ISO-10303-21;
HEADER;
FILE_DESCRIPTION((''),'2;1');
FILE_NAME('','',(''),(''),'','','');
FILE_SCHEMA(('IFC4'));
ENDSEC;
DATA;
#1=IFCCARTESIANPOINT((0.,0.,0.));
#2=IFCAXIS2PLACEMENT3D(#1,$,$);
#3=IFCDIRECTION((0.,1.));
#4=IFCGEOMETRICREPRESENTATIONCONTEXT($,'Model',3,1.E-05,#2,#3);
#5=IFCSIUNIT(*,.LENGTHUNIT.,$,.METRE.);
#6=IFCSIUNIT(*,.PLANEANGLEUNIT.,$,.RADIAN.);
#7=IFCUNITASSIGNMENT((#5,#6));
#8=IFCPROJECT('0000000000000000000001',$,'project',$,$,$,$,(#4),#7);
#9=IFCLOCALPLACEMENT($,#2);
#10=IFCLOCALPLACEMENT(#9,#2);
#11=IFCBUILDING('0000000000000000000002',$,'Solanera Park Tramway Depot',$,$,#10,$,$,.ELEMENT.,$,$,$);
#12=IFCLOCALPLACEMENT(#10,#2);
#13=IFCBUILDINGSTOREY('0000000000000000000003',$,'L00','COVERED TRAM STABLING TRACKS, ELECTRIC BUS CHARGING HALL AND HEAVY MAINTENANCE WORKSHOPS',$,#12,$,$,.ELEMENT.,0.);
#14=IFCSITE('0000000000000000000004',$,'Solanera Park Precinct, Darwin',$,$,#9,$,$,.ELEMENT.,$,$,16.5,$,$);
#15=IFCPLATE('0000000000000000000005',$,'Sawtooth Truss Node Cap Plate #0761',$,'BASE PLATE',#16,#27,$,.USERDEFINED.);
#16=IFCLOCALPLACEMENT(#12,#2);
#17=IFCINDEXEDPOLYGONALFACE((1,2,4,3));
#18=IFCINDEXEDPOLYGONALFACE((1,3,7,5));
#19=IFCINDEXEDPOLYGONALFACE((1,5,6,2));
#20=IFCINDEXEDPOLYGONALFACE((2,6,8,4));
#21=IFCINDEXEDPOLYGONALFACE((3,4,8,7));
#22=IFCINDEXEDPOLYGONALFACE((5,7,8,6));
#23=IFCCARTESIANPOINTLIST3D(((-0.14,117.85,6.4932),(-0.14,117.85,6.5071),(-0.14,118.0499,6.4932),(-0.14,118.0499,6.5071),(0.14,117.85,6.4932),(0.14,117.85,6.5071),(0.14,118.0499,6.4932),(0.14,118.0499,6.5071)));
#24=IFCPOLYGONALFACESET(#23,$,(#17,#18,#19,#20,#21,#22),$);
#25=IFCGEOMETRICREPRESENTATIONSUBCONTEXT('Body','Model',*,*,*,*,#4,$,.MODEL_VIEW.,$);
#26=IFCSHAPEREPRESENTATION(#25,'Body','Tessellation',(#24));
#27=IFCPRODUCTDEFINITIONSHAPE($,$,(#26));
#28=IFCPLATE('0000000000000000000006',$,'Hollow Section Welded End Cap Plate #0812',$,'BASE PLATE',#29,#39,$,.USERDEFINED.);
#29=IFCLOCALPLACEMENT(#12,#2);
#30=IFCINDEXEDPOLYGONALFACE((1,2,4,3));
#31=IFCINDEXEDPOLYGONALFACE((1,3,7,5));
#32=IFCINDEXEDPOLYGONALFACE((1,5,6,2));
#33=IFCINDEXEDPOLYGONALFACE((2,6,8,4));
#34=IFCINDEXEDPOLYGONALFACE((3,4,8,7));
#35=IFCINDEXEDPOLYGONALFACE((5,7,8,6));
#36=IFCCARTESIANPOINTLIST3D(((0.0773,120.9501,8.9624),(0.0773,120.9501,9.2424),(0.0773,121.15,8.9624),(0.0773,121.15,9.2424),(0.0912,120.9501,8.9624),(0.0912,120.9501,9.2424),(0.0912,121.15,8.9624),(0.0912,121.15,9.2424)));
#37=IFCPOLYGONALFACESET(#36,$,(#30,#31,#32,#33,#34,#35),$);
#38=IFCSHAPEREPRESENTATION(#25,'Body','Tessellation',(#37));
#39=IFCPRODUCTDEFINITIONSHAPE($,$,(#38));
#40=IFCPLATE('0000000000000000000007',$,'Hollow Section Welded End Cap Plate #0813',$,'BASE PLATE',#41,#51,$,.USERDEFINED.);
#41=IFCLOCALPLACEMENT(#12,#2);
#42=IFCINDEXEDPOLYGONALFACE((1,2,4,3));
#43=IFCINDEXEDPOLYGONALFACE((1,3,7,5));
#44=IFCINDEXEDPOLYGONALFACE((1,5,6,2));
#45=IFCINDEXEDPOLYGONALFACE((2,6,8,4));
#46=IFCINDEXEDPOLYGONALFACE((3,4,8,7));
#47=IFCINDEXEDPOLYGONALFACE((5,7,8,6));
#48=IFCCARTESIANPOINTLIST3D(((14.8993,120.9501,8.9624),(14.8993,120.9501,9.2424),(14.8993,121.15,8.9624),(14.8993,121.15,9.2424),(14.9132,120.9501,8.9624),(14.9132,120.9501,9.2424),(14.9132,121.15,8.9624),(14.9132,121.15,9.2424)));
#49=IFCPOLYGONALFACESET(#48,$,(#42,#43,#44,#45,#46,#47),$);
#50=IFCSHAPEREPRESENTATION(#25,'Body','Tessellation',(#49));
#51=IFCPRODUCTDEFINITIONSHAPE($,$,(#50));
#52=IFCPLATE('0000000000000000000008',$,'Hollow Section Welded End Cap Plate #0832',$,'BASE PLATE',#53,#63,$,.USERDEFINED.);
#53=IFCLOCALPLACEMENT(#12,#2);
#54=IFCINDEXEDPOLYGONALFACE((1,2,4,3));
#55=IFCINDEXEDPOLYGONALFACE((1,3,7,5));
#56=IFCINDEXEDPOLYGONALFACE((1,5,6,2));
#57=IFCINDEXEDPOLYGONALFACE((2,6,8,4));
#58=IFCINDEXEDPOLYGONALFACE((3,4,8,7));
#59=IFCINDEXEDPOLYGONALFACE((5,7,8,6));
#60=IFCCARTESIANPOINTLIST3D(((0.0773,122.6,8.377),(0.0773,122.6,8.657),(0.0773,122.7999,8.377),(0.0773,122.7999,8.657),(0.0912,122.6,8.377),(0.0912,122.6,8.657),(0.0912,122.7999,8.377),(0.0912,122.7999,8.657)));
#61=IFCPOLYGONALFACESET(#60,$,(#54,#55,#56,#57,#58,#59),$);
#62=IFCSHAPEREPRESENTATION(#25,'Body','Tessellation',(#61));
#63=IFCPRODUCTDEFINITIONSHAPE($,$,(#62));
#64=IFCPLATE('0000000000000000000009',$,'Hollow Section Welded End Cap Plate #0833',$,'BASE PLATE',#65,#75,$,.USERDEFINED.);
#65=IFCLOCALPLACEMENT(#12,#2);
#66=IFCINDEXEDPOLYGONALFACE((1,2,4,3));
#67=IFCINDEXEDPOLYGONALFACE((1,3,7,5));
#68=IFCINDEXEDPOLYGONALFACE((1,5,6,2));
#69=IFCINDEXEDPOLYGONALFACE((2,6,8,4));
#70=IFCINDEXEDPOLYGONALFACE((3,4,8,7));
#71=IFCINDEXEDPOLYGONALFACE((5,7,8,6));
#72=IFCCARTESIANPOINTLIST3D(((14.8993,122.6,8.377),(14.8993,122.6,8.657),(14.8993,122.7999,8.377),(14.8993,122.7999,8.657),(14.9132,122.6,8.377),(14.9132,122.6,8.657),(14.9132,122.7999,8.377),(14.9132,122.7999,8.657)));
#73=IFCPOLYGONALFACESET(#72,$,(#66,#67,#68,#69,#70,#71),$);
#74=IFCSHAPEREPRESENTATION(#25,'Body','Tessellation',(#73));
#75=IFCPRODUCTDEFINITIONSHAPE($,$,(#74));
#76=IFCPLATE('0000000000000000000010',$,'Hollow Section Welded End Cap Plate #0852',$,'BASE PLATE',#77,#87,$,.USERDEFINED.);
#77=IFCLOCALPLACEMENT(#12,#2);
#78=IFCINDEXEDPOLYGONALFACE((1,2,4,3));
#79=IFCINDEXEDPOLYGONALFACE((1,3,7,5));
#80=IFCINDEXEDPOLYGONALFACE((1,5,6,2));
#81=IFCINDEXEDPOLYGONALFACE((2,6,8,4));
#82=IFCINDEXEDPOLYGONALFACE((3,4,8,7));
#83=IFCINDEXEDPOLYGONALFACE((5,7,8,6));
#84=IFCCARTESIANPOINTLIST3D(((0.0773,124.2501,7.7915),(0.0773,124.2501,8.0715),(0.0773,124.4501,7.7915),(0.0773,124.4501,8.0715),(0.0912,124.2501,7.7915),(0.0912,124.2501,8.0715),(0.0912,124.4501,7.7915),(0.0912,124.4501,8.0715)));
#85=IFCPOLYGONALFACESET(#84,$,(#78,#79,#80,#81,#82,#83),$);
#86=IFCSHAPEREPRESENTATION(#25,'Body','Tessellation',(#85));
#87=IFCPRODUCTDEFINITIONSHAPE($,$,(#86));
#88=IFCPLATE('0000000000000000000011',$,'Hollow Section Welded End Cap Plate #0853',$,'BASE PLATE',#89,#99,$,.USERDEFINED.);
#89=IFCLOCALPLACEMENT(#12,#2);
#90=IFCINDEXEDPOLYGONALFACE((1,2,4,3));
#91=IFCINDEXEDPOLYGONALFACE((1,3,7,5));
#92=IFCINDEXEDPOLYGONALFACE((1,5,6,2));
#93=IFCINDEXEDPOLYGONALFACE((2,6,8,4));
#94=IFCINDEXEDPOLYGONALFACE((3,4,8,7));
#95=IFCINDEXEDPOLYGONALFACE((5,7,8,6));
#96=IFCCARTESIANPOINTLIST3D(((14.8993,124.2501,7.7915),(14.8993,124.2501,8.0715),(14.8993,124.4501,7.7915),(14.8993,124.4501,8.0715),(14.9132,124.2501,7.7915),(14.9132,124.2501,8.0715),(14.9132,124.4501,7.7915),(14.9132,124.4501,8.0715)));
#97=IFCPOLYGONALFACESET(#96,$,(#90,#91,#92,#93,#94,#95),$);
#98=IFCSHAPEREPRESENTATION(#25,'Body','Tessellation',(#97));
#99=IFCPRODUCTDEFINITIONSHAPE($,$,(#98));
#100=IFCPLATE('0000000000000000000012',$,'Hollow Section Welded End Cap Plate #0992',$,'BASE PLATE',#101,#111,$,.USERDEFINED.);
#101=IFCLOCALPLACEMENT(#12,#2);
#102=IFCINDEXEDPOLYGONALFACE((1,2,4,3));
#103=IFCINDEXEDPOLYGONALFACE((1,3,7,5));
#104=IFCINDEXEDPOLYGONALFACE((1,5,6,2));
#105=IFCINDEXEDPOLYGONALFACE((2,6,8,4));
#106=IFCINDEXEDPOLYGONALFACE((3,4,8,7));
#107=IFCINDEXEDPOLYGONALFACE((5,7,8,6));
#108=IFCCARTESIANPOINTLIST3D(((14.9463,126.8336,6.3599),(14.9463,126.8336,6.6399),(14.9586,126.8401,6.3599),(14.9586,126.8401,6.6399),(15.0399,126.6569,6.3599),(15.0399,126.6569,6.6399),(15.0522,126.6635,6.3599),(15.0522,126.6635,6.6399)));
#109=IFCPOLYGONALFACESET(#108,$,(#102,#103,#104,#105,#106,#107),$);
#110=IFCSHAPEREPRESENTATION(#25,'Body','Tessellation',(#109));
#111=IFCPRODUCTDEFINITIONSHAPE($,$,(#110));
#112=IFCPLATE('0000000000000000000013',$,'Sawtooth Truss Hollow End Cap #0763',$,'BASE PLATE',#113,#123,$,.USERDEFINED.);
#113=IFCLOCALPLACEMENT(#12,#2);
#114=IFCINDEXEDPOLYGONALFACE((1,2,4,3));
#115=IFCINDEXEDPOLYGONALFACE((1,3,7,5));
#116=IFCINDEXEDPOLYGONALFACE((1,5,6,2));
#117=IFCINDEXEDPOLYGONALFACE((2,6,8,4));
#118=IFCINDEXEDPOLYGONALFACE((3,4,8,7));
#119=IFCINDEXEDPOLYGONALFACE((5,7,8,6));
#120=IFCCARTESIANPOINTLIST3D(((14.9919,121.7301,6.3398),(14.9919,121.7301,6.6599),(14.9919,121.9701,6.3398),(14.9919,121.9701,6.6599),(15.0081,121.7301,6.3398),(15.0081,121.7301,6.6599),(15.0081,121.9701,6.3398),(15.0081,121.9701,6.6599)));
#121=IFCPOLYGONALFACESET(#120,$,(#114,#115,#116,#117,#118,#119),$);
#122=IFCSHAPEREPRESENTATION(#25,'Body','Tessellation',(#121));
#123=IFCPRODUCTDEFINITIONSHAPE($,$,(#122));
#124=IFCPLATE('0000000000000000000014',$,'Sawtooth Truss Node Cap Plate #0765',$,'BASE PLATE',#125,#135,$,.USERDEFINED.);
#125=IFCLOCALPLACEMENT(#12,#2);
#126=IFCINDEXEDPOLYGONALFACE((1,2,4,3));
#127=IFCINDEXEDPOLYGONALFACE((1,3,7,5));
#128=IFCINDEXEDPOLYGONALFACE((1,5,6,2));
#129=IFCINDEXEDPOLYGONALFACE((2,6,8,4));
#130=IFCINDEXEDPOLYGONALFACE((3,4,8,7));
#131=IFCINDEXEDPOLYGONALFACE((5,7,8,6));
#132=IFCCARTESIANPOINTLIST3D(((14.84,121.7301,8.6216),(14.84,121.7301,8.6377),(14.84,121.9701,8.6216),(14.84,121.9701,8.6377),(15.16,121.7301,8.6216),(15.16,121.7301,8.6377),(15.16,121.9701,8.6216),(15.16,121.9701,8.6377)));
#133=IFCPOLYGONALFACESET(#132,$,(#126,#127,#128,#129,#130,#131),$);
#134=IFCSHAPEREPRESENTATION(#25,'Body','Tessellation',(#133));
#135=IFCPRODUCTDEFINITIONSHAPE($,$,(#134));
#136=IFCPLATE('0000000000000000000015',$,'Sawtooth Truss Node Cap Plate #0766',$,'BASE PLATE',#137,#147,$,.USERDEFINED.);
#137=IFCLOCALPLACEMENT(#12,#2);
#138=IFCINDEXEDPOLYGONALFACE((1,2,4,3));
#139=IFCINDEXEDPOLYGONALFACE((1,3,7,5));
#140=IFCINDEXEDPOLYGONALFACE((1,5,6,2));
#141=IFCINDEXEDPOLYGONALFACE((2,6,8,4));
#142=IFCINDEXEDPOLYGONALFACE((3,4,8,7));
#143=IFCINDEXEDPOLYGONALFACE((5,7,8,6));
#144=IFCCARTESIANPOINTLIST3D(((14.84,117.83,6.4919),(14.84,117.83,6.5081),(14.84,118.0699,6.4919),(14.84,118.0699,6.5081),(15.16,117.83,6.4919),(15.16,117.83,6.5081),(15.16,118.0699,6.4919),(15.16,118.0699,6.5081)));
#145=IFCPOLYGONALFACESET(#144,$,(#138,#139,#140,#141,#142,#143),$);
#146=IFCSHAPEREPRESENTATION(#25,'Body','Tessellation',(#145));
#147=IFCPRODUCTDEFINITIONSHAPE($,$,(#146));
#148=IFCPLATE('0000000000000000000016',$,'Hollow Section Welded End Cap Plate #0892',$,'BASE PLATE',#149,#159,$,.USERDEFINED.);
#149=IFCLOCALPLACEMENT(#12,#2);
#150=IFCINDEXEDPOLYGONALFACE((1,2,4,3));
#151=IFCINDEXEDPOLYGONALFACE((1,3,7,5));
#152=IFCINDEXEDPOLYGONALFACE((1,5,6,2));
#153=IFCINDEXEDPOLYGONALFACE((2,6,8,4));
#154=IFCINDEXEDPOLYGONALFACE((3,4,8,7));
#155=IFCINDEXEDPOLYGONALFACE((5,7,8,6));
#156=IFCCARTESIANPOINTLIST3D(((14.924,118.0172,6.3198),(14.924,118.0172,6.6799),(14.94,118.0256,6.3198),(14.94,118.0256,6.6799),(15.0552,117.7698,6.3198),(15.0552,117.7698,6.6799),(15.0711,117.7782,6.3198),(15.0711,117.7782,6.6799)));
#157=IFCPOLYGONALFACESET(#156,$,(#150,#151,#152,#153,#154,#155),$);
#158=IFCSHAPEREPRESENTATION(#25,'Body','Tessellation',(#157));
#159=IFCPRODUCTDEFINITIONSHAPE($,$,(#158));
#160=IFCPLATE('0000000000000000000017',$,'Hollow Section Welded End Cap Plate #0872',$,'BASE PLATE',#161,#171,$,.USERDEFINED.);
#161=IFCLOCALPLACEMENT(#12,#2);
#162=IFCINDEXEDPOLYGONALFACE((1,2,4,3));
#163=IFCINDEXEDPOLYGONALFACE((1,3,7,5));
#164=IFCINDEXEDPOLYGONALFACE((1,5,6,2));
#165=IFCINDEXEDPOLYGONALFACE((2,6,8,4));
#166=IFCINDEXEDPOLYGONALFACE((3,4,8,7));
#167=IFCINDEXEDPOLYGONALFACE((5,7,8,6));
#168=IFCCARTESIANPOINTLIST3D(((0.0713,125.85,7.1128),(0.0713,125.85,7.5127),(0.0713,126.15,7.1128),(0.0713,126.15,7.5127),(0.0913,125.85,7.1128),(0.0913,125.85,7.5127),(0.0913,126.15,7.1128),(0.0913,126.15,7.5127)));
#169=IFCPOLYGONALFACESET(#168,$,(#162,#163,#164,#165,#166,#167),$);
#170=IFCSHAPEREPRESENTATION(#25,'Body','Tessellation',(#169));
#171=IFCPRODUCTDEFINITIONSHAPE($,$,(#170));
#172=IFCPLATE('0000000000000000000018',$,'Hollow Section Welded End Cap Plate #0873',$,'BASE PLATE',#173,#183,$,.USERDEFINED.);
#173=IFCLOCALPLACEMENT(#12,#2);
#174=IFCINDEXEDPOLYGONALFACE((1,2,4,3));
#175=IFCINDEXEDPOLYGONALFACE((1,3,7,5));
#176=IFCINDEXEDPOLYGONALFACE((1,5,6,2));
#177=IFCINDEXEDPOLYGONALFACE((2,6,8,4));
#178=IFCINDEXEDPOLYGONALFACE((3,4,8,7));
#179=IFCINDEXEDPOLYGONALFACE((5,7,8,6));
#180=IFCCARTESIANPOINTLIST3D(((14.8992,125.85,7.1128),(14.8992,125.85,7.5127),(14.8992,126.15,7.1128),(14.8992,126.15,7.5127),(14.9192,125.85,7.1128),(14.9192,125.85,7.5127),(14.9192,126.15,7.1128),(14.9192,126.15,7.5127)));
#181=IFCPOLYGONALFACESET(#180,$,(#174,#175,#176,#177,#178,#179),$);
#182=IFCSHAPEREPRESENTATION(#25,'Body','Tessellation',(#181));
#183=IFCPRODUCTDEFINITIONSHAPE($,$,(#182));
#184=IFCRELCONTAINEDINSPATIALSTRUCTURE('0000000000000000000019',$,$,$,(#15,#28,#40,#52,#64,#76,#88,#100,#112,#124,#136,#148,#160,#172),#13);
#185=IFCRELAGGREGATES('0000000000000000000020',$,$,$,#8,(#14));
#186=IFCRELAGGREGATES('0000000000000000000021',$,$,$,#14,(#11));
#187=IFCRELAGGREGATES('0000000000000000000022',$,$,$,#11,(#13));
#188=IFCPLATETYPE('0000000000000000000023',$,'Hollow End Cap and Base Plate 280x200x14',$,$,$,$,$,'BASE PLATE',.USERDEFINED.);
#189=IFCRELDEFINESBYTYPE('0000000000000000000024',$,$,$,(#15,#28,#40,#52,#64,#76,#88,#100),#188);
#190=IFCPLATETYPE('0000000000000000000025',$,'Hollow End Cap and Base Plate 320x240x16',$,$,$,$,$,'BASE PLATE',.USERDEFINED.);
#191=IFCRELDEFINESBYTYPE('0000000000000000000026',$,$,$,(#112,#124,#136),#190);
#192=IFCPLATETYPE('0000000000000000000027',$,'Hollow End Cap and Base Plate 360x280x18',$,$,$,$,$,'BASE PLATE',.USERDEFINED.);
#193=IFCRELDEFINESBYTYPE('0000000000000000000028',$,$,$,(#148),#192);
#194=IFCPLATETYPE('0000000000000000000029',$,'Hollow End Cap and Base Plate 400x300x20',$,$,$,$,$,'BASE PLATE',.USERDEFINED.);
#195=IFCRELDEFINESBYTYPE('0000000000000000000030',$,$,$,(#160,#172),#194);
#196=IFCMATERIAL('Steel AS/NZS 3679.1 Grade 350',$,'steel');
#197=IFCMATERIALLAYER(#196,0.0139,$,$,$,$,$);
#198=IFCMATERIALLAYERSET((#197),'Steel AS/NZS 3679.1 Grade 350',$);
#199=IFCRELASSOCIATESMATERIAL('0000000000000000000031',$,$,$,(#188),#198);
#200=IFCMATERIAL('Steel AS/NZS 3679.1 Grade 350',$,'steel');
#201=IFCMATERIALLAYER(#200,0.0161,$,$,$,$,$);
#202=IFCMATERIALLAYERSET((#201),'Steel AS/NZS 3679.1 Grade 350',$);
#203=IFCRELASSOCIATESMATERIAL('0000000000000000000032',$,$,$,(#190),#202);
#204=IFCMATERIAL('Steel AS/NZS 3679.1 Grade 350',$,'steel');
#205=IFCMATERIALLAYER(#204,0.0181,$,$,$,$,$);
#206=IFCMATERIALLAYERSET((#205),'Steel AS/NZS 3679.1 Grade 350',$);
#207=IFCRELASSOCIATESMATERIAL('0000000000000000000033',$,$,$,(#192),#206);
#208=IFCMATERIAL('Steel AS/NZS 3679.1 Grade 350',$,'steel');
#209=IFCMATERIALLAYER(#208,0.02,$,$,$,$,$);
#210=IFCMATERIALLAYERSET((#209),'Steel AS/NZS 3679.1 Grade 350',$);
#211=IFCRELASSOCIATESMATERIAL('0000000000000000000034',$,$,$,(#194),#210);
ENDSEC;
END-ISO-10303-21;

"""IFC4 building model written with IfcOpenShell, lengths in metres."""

from ifc_helpers import new_model, si_unit, direction, frame, origin, origin_2d, place, context, subcontext, project, spatial, rectangle, extrude, material, layer, layer_set, type_object, element, save


model = new_model("IFC4")

# Units and contexts
model_context = context("Model", 3, precision=1e-05, world=origin(), true_north=direction((0.0, 1.0)))
body_context = subcontext(model_context, "Body", "Model", "MODEL_VIEW")
ifc_project = project(units=[si_unit("LENGTHUNIT", "METRE"), si_unit("PLANEANGLEUNIT", "RADIAN")], contexts=[model_context])

# Site, building, storey
site_placement = place(None, origin())
site = spatial("IfcSite", under=ifc_project, at=site_placement, Name="Solanera Park Precinct, Darwin", CompositionType="ELEMENT", RefElevation=16.5)
building_placement = place(site_placement, origin())
building = spatial("IfcBuilding", under=site, at=building_placement, Name="Solanera Park Tramway Depot", CompositionType="ELEMENT")
storey_placement = place(building_placement, origin())
storey = spatial("IfcBuildingStorey", under=building, at=storey_placement, Name="L00", Description="COVERED TRAM STABLING TRACKS, ELECTRIC BUS CHARGING HALL AND HEAVY MAINTENANCE WORKSHOPS", CompositionType="ELEMENT", Elevation=0.0)

# Plates
ifc_material_1 = material(Name="Steel AS/NZS 3679.1 Grade 350", Category="steel")
ifc_layer_1 = layer(ifc_material_1, 0.0139)
ifc_layer_set_1 = layer_set([ifc_layer_1], Name="Steel AS/NZS 3679.1 Grade 350")
plate_type_1 = type_object("IfcPlateType", Name="Hollow End Cap and Base Plate 280x200x14", ElementType="BASE PLATE", PredefinedType="USERDEFINED", material=ifc_layer_set_1)
for number, where, z_axis, x_axis, name in (
    (1, (0.0, 117.95, 6.4932), (0.0, 0.0, 1.0), (1.0, 0.0, 0.0), "Sawtooth Truss Node Cap Plate #0761"),
):
    element("IfcPlate", number, at=place(storey_placement, frame(where, z_axis=z_axis, x_axis=x_axis)), inside=storey, type_object=plate_type_1, Name=name, ObjectType="BASE PLATE", PredefinedType="USERDEFINED", context=body_context, shape_type="SweptSolid", body=[
        extrude(rectangle(XDim=0.28, YDim=0.2, at=origin_2d()), origin(), (0.0, 0.0, 1.0), 0.0139),
    ])
for number, where, z_axis, x_axis, name in (
    (2, (0.0842, 121.05, 8.9624), (0.0, 0.0, 1.0), (1.0, 0.0, 0.0), "Hollow Section Welded End Cap Plate #0812"),
    (3, (14.9062, 121.05, 8.9624), (0.0, 0.0, 1.0), (1.0, 0.0, 0.0), "Hollow Section Welded End Cap Plate #0813"),
    (4, (0.0842, 122.7, 8.377), (0.0, 0.0, 1.0), (1.0, 0.0, 0.0), "Hollow Section Welded End Cap Plate #0832"),
    (5, (14.9062, 122.7, 8.377), (0.0, 0.0, 1.0), (1.0, 0.0, 0.0), "Hollow Section Welded End Cap Plate #0833"),
    (6, (0.0842, 124.3501, 7.7915), (0.0, 0.0, 1.0), (1.0, 0.0, 0.0), "Hollow Section Welded End Cap Plate #0852"),
    (7, (14.9062, 124.3501, 7.7915), (0.0, 0.0, 1.0), (1.0, 0.0, 0.0), "Hollow Section Welded End Cap Plate #0853"),
    (8, (14.9993, 126.7485, 6.3599), (0.0, 0.0, 1.0), (0.883521, 0.468392, 0.0), "Hollow Section Welded End Cap Plate #0992"),
):
    element("IfcPlate", number, at=place(storey_placement, frame(where, z_axis=z_axis, x_axis=x_axis)), inside=storey, type_object=plate_type_1, Name=name, ObjectType="BASE PLATE", PredefinedType="USERDEFINED", context=body_context, shape_type="SweptSolid", body=[
        extrude(rectangle(XDim=0.0139, YDim=0.2, at=origin_2d()), origin(), (0.0, 0.0, 1.0), 0.28),
    ])
ifc_material_2 = material(Name="Steel AS/NZS 3679.1 Grade 350", Category="steel")
ifc_layer_2 = layer(ifc_material_2, 0.0161)
ifc_layer_set_2 = layer_set([ifc_layer_2], Name="Steel AS/NZS 3679.1 Grade 350")
plate_type_2 = type_object("IfcPlateType", Name="Hollow End Cap and Base Plate 320x240x16", ElementType="BASE PLATE", PredefinedType="USERDEFINED", material=ifc_layer_set_2)
plate_1_placement = place(storey_placement, frame((15.0, 121.8501, 6.3398), z_axis=(0.0, 0.0, 1.0), x_axis=(1.0, 0.0, 0.0)))
element("IfcPlate", 9, at=plate_1_placement, inside=storey, type_object=plate_type_2, Name="Sawtooth Truss Hollow End Cap #0763", ObjectType="BASE PLATE", PredefinedType="USERDEFINED", context=body_context, shape_type="SweptSolid", body=[
    extrude(rectangle(XDim=0.0161, YDim=0.24, at=origin_2d()), origin(), (0.0, 0.0, 1.0), 0.3201),
])
for number, where, z_axis, x_axis, name in (
    (10, (15.0, 121.8501, 8.6216), (0.0, 0.0, 1.0), (1.0, 0.0, 0.0), "Sawtooth Truss Node Cap Plate #0765"),
    (11, (15.0, 117.95, 6.4919), (0.0, 0.0, 1.0), (1.0, 0.0, 0.0), "Sawtooth Truss Node Cap Plate #0766"),
):
    element("IfcPlate", number, at=place(storey_placement, frame(where, z_axis=z_axis, x_axis=x_axis)), inside=storey, type_object=plate_type_2, Name=name, ObjectType="BASE PLATE", PredefinedType="USERDEFINED", context=body_context, shape_type="SweptSolid", body=[
        extrude(rectangle(XDim=0.3201, YDim=0.24, at=origin_2d()), origin(), (0.0, 0.0, 1.0), 0.0161),
    ])
ifc_material_3 = material(Name="Steel AS/NZS 3679.1 Grade 350", Category="steel")
ifc_layer_3 = layer(ifc_material_3, 0.0181)
ifc_layer_set_3 = layer_set([ifc_layer_3], Name="Steel AS/NZS 3679.1 Grade 350")
plate_type_3 = type_object("IfcPlateType", Name="Hollow End Cap and Base Plate 360x280x18", ElementType="BASE PLATE", PredefinedType="USERDEFINED", material=ifc_layer_set_3)
plate_2_placement = place(storey_placement, frame((14.9976, 117.8977, 6.3198), z_axis=(0.0, 0.0, 1.0), x_axis=(0.883521, 0.468392, 0.0)))
element("IfcPlate", 12, at=plate_2_placement, inside=storey, type_object=plate_type_3, Name="Hollow Section Welded End Cap Plate #0892", ObjectType="BASE PLATE", PredefinedType="USERDEFINED", context=body_context, shape_type="SweptSolid", body=[
    extrude(rectangle(XDim=0.0181, YDim=0.28, at=origin_2d()), origin(), (0.0, 0.0, 1.0), 0.3601),
])
ifc_material_4 = material(Name="Steel AS/NZS 3679.1 Grade 350", Category="steel")
ifc_layer_4 = layer(ifc_material_4, 0.02)
ifc_layer_set_4 = layer_set([ifc_layer_4], Name="Steel AS/NZS 3679.1 Grade 350")
plate_type_4 = type_object("IfcPlateType", Name="Hollow End Cap and Base Plate 400x300x20", ElementType="BASE PLATE", PredefinedType="USERDEFINED", material=ifc_layer_set_4)
for number, where, z_axis, x_axis, name in (
    (13, (0.0813, 126.0, 7.1128), (0.0, 0.0, 1.0), (1.0, 0.0, 0.0), "Hollow Section Welded End Cap Plate #0872"),
    (14, (14.9092, 126.0, 7.1128), (0.0, 0.0, 1.0), (1.0, 0.0, 0.0), "Hollow Section Welded End Cap Plate #0873"),
):
    element("IfcPlate", number, at=place(storey_placement, frame(where, z_axis=z_axis, x_axis=x_axis)), inside=storey, type_object=plate_type_4, Name=name, ObjectType="BASE PLATE", PredefinedType="USERDEFINED", context=body_context, shape_type="SweptSolid", body=[
        extrude(rectangle(XDim=0.02, YDim=0.3, at=origin_2d()), origin(), (0.0, 0.0, 1.0), 0.3999),
    ])

save(model, "model.ifc")
